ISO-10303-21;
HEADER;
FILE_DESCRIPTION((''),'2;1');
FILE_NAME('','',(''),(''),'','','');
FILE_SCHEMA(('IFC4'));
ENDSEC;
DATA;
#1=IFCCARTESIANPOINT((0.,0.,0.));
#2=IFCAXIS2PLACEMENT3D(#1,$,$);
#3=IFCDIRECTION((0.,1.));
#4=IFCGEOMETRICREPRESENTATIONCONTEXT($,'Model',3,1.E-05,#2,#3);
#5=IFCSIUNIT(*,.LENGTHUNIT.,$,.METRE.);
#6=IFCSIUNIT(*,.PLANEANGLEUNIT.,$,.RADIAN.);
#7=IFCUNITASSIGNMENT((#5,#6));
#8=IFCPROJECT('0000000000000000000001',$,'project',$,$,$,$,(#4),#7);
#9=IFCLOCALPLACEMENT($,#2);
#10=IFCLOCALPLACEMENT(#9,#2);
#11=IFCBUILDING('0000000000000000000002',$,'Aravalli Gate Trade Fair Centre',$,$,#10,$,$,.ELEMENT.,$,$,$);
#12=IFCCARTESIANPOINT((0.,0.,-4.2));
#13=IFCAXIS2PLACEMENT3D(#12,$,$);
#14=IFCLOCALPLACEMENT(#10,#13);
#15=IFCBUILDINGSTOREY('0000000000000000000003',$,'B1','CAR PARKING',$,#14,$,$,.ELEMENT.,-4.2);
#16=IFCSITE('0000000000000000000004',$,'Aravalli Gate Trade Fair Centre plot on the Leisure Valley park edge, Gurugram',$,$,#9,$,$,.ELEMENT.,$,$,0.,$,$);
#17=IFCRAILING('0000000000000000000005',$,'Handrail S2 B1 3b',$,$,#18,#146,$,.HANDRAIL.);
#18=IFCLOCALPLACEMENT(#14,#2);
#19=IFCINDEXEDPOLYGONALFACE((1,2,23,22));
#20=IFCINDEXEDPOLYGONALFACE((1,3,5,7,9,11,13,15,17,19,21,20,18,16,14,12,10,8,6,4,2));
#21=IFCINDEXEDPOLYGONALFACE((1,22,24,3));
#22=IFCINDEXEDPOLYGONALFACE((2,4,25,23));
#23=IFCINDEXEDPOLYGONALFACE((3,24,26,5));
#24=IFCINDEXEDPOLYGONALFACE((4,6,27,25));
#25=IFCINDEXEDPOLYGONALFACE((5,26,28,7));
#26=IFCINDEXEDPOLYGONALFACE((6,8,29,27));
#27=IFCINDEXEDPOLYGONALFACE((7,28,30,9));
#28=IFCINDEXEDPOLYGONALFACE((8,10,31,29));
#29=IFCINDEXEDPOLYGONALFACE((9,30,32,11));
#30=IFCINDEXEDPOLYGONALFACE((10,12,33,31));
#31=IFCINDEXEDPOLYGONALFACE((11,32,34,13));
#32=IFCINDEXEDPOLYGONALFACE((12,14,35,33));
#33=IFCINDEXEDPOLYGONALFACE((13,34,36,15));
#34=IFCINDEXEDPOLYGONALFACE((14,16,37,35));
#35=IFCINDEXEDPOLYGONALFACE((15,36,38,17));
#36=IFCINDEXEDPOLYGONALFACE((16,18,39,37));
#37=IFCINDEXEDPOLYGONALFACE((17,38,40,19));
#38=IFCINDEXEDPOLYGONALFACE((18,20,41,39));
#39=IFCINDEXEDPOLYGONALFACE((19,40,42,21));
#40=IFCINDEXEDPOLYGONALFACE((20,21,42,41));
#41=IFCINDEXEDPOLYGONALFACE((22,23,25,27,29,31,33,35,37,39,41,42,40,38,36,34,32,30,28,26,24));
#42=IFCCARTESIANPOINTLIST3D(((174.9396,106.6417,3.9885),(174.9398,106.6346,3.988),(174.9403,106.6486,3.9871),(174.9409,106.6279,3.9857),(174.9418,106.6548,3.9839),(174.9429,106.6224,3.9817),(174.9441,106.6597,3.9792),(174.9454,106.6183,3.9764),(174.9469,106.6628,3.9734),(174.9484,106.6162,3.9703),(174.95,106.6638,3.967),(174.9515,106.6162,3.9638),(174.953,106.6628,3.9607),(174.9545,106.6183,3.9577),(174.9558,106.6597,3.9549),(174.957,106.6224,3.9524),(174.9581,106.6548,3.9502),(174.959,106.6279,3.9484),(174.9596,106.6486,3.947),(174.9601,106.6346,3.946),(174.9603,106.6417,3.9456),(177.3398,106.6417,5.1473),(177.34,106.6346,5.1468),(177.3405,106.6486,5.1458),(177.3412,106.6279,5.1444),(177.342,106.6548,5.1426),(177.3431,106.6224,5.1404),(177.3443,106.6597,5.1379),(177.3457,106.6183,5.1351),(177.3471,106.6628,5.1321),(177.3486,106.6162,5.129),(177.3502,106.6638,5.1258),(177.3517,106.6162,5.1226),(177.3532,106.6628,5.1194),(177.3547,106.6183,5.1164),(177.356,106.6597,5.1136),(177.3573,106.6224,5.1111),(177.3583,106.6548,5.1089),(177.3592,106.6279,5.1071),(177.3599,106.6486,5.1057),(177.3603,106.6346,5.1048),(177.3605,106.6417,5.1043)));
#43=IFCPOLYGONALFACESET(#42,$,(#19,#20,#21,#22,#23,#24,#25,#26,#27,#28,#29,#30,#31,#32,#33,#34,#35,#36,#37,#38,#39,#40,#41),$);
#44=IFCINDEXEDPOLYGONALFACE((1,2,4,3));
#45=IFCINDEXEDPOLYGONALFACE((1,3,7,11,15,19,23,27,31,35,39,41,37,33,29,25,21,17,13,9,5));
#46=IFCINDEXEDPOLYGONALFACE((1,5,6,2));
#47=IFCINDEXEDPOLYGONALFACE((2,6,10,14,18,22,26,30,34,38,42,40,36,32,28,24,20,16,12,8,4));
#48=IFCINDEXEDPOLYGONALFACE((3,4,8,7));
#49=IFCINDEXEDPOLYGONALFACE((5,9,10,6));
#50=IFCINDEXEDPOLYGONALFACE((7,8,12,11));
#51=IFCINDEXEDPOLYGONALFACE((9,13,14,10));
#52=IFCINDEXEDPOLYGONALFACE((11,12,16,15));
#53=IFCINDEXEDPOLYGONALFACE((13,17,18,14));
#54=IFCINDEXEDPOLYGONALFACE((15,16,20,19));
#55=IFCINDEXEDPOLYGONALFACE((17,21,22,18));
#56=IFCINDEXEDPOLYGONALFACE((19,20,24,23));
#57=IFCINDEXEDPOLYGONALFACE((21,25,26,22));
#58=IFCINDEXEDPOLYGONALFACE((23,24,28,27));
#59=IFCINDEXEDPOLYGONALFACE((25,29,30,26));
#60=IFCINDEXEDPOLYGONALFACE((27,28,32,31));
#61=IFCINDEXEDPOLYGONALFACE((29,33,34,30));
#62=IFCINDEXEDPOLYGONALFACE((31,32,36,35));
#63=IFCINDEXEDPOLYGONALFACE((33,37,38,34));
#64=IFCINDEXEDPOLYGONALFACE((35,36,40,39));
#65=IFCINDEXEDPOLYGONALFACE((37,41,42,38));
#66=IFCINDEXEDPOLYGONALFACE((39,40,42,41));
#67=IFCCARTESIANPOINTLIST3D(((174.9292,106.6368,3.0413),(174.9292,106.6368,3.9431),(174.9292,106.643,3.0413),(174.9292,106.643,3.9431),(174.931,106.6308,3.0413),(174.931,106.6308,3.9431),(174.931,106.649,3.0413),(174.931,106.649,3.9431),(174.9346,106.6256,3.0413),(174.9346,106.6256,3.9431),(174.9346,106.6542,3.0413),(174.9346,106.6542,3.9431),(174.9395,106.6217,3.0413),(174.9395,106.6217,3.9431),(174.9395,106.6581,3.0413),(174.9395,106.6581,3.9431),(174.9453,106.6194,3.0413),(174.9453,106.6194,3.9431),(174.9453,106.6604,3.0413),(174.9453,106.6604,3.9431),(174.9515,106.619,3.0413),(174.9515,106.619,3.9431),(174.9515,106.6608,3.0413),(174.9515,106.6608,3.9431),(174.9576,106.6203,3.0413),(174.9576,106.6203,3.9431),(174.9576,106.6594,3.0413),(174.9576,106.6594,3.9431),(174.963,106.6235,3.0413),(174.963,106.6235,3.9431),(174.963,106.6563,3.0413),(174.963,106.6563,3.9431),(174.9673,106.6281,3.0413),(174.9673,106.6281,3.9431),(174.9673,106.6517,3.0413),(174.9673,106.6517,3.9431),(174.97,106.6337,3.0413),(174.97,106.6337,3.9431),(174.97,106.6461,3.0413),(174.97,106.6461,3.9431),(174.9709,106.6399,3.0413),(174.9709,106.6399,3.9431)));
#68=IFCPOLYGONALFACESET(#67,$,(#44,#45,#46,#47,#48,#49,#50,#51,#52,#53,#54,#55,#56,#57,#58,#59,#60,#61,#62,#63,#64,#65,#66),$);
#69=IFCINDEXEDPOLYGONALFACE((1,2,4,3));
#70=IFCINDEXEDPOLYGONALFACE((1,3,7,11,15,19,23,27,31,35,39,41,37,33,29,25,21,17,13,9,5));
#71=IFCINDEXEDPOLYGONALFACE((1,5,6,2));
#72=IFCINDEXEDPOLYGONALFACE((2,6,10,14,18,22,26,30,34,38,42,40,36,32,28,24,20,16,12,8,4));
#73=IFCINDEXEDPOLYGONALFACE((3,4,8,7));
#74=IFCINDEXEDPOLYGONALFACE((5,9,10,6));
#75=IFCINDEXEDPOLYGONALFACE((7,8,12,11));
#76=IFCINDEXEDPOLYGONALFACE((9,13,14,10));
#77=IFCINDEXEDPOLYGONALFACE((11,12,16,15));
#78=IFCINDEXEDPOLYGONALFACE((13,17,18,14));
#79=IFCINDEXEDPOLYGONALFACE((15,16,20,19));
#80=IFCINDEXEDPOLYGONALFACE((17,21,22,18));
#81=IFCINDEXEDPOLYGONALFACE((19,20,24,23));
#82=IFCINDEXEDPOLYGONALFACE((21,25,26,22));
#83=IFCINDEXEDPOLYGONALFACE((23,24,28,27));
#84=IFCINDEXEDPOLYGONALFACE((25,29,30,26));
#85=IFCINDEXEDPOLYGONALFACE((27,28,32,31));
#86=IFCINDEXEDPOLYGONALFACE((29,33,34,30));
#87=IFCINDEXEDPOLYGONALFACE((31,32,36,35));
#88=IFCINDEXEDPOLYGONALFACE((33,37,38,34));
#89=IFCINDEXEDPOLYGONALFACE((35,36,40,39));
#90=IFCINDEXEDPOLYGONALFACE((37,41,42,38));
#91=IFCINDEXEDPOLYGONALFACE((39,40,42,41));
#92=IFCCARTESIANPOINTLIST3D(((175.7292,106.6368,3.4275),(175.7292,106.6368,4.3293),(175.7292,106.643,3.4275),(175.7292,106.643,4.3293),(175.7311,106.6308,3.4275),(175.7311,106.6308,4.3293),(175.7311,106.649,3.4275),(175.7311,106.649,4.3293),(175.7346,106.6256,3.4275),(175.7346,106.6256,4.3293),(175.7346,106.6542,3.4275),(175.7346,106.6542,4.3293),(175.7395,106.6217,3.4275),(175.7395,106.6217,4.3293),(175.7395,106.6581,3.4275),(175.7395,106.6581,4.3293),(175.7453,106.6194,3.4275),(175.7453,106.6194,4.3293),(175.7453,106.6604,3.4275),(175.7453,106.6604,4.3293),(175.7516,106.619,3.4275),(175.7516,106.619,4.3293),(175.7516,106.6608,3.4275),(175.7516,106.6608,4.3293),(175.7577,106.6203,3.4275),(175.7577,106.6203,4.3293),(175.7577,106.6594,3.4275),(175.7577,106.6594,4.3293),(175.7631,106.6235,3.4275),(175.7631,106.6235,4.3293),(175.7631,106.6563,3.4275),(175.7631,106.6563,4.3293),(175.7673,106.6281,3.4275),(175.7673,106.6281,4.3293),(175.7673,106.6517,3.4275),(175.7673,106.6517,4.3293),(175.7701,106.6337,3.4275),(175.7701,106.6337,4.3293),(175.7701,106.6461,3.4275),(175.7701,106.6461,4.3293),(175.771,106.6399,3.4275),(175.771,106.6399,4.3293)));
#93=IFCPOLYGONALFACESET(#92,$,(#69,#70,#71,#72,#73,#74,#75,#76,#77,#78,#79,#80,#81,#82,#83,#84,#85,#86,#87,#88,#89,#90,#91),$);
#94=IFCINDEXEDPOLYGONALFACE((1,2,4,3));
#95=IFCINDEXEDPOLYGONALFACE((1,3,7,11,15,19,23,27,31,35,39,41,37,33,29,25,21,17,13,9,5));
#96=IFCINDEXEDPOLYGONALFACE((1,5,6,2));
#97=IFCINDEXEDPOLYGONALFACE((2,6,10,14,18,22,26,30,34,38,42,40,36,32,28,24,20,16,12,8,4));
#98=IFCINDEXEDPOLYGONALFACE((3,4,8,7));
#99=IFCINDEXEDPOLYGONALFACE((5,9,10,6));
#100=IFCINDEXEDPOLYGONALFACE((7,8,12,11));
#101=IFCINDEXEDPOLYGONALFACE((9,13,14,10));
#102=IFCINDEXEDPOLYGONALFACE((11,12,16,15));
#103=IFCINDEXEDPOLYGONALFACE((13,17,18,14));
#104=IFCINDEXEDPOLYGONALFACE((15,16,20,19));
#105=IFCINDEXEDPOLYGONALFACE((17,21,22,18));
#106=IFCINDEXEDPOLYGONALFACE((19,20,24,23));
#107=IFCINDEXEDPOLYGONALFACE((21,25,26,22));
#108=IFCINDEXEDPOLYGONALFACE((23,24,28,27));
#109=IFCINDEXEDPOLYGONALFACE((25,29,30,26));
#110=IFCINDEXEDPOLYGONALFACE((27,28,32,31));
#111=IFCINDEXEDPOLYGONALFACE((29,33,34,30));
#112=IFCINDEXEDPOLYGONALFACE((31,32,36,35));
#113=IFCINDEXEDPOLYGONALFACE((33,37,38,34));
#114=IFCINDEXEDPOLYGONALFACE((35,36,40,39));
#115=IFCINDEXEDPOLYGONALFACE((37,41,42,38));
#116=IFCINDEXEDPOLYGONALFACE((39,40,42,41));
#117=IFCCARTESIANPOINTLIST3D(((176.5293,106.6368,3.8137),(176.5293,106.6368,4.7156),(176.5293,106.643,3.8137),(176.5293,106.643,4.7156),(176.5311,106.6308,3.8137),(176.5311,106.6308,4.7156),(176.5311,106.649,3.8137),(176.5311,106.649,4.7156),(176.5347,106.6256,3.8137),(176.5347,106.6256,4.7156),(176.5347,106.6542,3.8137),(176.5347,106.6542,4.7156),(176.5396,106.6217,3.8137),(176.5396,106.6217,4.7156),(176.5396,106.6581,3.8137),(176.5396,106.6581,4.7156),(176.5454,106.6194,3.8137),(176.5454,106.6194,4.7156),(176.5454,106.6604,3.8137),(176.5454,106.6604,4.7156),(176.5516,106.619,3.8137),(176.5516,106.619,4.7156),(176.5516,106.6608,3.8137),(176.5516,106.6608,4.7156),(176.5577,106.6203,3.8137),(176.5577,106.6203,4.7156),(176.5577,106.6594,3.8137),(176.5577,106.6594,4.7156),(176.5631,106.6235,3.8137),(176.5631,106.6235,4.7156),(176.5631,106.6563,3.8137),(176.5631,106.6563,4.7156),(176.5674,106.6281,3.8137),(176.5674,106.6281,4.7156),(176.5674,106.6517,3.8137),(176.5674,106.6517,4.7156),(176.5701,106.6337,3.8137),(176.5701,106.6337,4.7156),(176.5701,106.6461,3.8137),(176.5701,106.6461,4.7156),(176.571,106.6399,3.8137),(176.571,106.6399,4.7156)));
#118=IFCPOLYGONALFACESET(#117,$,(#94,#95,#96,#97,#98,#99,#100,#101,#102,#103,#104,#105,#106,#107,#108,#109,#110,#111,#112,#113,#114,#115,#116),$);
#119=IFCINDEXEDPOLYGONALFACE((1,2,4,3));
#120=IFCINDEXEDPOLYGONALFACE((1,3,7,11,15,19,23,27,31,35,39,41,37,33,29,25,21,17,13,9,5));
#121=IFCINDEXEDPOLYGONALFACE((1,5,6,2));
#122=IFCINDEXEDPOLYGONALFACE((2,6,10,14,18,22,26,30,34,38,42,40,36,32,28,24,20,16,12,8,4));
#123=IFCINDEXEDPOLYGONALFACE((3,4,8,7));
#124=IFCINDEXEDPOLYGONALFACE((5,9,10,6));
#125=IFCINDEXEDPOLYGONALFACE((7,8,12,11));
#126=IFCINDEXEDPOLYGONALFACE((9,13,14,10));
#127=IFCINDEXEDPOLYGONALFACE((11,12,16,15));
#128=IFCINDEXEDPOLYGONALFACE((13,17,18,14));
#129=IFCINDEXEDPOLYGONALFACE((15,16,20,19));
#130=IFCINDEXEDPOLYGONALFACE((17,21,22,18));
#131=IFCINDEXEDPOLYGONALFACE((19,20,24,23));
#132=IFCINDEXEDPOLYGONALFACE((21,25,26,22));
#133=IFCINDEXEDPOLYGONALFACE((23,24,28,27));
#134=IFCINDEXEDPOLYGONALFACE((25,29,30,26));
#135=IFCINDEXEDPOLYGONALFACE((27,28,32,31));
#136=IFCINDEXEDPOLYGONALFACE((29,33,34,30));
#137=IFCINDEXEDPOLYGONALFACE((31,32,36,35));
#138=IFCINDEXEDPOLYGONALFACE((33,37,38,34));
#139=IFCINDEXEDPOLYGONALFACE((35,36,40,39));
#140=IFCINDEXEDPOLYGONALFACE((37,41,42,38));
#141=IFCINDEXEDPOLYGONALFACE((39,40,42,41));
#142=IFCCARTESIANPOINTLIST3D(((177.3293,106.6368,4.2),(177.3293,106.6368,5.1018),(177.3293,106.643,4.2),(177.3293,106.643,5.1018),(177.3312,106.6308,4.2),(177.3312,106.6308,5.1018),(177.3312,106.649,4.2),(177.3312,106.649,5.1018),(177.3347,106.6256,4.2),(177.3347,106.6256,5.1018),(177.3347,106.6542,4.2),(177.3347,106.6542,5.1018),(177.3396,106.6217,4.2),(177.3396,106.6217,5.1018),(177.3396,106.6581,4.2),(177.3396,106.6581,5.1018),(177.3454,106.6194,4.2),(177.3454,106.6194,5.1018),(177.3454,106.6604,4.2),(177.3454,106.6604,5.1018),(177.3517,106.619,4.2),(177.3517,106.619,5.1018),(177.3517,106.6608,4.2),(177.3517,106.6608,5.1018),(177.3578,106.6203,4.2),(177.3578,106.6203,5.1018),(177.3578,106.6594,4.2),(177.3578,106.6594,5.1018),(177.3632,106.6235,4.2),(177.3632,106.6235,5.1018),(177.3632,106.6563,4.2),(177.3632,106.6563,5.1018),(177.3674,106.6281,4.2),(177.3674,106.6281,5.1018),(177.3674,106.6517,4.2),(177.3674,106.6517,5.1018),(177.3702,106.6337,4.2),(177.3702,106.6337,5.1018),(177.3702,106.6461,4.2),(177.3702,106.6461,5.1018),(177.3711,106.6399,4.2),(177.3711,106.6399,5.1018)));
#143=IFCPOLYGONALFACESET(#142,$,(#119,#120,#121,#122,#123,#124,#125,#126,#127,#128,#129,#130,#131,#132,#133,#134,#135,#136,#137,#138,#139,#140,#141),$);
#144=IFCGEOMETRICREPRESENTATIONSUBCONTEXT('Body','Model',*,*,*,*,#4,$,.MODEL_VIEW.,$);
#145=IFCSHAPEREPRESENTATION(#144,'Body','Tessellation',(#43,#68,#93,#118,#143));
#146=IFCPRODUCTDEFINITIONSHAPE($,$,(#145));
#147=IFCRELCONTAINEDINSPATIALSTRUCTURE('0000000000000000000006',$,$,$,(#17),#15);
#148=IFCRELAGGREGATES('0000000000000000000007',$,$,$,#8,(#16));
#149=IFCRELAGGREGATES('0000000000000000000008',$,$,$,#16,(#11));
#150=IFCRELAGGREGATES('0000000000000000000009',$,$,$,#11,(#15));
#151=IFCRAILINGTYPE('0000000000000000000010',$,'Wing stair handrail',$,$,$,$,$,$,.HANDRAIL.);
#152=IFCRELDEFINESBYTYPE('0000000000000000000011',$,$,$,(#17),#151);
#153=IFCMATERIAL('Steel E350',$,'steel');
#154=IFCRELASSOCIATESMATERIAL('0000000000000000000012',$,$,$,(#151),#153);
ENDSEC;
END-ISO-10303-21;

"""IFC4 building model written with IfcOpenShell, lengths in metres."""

from ifc_helpers import new_model, si_unit, direction, frame, origin, origin_2d, place, context, subcontext, project, spatial, circle, extrude, material, type_object, element, save


model = new_model("IFC4")

# Units and contexts
model_context = context("Model", 3, precision=1e-05, world=origin(), true_north=direction((0.0, 1.0)))
body_context = subcontext(model_context, "Body", "Model", "MODEL_VIEW")
ifc_project = project(units=[si_unit("LENGTHUNIT", "METRE"), si_unit("PLANEANGLEUNIT", "RADIAN")], contexts=[model_context])

# Site, building, storey
site_placement = place(None, origin())
site = spatial("IfcSite", under=ifc_project, at=site_placement, Name="Aravalli Gate Trade Fair Centre plot on the Leisure Valley park edge, Gurugram", CompositionType="ELEMENT", RefElevation=0.0)
building_placement = place(site_placement, origin())
building = spatial("IfcBuilding", under=site, at=building_placement, Name="Aravalli Gate Trade Fair Centre", CompositionType="ELEMENT")
storey_placement = place(building_placement, frame((0.0, 0.0, -4.2)))
storey = spatial("IfcBuildingStorey", under=building, at=storey_placement, Name="B1", Description="CAR PARKING", CompositionType="ELEMENT", Elevation=-4.2)

# Shared definitions
ifc_material_1 = material(Name="Steel E350", Category="steel")

# Railing
railing_type_1 = type_object("IfcRailingType", Name="Wing stair handrail", PredefinedType="HANDRAIL", material=ifc_material_1)
for number, where, name in (
    (1, (174.95, 106.6399, 3.0413), "Handrail S2 B1 3b"),
):
    element("IfcRailing", number, at=place(storey_placement, frame(where)), inside=storey, type_object=railing_type_1, Name=name, PredefinedType="HANDRAIL", context=body_context, shape_type="SweptSolid", body=[
        extrude(circle(Radius=0.0239, at=origin_2d()), frame((0.0, 0.0, 0.9258), z_axis=(0.900552, 0.0, 0.434749), x_axis=(0.0, 1.0, 0.0)), (0.0, 0.0, 1.0), 2.6653),
        extrude(circle(Radius=0.021, at=origin_2d()), origin(), (0.0, 0.0, 1.0), 0.9019),
        extrude(circle(Radius=0.021, at=origin_2d()), frame((0.8, 0.0, 0.3862)), (0.0, 0.0, 1.0), 0.9019),
        extrude(circle(Radius=0.021, at=origin_2d()), frame((1.6001, 0.0, 0.7725)), (0.0, 0.0, 1.0), 0.9019),
        extrude(circle(Radius=0.021, at=origin_2d()), frame((2.4001, 0.0, 1.1587)), (0.0, 0.0, 1.0), 0.9019),
    ])

save(model, "model.ifc")
